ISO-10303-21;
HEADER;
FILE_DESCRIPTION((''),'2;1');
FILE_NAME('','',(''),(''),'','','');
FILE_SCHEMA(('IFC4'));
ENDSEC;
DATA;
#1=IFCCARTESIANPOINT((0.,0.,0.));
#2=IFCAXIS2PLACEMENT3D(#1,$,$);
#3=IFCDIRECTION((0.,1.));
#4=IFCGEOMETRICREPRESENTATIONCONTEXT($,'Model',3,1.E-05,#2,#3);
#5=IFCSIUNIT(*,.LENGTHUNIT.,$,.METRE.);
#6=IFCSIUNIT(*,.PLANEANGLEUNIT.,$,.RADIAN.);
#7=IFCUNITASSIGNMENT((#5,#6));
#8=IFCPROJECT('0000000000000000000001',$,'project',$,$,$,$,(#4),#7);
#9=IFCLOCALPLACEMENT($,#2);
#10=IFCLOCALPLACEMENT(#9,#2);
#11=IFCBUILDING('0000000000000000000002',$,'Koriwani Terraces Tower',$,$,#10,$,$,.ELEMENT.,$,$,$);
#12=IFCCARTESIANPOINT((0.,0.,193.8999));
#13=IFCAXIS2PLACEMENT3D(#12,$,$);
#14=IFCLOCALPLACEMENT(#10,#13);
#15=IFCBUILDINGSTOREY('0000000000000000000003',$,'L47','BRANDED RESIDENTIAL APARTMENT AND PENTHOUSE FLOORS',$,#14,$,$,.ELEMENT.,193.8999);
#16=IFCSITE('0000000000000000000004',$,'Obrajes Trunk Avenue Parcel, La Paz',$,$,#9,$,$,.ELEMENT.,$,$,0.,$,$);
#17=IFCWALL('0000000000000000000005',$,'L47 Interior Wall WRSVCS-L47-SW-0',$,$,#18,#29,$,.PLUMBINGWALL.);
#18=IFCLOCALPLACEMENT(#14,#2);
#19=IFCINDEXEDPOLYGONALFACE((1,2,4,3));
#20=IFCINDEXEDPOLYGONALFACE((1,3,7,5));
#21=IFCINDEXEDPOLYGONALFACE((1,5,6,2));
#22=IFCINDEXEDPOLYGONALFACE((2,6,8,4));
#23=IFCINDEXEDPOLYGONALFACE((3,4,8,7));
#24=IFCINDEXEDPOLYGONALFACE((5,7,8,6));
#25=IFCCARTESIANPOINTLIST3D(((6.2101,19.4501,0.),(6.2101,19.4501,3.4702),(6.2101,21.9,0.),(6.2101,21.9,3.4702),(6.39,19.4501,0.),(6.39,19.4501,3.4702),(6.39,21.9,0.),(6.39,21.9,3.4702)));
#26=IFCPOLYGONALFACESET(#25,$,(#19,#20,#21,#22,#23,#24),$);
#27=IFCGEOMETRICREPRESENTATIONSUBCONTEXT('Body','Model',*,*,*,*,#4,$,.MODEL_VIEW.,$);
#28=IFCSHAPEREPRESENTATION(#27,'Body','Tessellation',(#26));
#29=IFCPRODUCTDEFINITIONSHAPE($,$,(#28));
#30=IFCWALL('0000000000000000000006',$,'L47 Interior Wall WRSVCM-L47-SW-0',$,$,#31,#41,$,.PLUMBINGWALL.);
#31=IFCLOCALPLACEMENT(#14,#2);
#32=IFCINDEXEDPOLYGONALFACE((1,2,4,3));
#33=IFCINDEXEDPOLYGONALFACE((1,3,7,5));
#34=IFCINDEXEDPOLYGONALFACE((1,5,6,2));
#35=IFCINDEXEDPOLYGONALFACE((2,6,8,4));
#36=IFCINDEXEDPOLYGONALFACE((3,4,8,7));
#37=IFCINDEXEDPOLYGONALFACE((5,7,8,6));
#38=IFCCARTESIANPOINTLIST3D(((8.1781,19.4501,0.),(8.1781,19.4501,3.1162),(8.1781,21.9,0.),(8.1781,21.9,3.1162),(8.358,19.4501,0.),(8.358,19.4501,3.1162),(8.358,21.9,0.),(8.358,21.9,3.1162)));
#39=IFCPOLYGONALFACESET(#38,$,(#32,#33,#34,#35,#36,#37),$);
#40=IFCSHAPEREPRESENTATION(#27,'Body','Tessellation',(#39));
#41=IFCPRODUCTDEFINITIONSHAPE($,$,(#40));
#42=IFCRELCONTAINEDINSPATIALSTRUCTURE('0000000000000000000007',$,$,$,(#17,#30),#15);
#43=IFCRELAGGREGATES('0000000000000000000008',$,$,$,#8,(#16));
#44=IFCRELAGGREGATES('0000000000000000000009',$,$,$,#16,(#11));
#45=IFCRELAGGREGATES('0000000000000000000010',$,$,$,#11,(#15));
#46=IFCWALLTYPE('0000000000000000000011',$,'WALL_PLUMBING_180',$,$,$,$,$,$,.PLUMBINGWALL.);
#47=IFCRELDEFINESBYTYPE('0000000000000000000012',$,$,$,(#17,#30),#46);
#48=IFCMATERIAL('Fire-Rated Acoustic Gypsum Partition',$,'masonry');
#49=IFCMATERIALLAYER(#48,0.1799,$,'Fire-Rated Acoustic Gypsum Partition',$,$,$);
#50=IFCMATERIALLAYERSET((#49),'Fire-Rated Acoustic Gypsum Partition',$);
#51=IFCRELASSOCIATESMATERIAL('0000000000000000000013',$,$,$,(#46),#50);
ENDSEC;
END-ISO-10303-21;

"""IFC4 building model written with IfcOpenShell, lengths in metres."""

from ifc_helpers import new_model, si_unit, direction, frame, frame_2d, origin, place, context, subcontext, project, spatial, rectangle, extrude, material, layer, layer_set, type_object, element, save


model = new_model("IFC4")

# Units and contexts
model_context = context("Model", 3, precision=1e-05, world=origin(), true_north=direction((0.0, 1.0)))
body_context = subcontext(model_context, "Body", "Model", "MODEL_VIEW")
ifc_project = project(units=[si_unit("LENGTHUNIT", "METRE"), si_unit("PLANEANGLEUNIT", "RADIAN")], contexts=[model_context])

# Site, building, storey
site_placement = place(None, origin())
site = spatial("IfcSite", under=ifc_project, at=site_placement, Name="Obrajes Trunk Avenue Parcel, La Paz", CompositionType="ELEMENT", RefElevation=0.0)
building_placement = place(site_placement, origin())
building = spatial("IfcBuilding", under=site, at=building_placement, Name="Koriwani Terraces Tower", CompositionType="ELEMENT")
storey_placement = place(building_placement, frame((0.0, 0.0, 193.8999)))
storey = spatial("IfcBuildingStorey", under=building, at=storey_placement, Name="L47", Description="BRANDED RESIDENTIAL APARTMENT AND PENTHOUSE FLOORS", CompositionType="ELEMENT", Elevation=193.8999)

# Shared definitions
ifc_material_1 = material(Name="Fire-Rated Acoustic Gypsum Partition", Category="masonry")
ifc_layer_1 = layer(ifc_material_1, 0.1799, Name="Fire-Rated Acoustic Gypsum Partition")
ifc_layer_set_1 = layer_set([ifc_layer_1], Name="Fire-Rated Acoustic Gypsum Partition")
wall_type_1 = type_object("IfcWallType", Name="WALL_PLUMBING_180", PredefinedType="PLUMBINGWALL", material=ifc_layer_set_1)

# Walls
wall_1_placement = place(storey_placement, frame((6.3, 19.45, 0.0), z_axis=(0.0, 0.0, 1.0), x_axis=(0.0, 1.0, 0.0)))
element("IfcWall", 1, at=wall_1_placement, inside=storey, type_object=wall_type_1, Name="L47 Interior Wall WRSVCS-L47-SW-0", PredefinedType="PLUMBINGWALL", context=body_context, shape_type="SweptSolid", body=[
    extrude(rectangle(XDim=2.45, YDim=0.1799, at=frame_2d((1.2251, 0.0))), origin(), (0.0, 0.0, 1.0), 3.4702),
])
wall_2_placement = place(storey_placement, frame((8.2681, 19.45, 0.0), z_axis=(0.0, 0.0, 1.0), x_axis=(0.0, 1.0, 0.0)))
element("IfcWall", 2, at=wall_2_placement, inside=storey, type_object=wall_type_1, Name="L47 Interior Wall WRSVCM-L47-SW-0", PredefinedType="PLUMBINGWALL", context=body_context, shape_type="SweptSolid", body=[
    extrude(rectangle(XDim=2.45, YDim=0.1799, at=frame_2d((1.2251, 0.0))), origin(), (0.0, 0.0, 1.0), 3.1162),
])

save(model, "model.ifc")
